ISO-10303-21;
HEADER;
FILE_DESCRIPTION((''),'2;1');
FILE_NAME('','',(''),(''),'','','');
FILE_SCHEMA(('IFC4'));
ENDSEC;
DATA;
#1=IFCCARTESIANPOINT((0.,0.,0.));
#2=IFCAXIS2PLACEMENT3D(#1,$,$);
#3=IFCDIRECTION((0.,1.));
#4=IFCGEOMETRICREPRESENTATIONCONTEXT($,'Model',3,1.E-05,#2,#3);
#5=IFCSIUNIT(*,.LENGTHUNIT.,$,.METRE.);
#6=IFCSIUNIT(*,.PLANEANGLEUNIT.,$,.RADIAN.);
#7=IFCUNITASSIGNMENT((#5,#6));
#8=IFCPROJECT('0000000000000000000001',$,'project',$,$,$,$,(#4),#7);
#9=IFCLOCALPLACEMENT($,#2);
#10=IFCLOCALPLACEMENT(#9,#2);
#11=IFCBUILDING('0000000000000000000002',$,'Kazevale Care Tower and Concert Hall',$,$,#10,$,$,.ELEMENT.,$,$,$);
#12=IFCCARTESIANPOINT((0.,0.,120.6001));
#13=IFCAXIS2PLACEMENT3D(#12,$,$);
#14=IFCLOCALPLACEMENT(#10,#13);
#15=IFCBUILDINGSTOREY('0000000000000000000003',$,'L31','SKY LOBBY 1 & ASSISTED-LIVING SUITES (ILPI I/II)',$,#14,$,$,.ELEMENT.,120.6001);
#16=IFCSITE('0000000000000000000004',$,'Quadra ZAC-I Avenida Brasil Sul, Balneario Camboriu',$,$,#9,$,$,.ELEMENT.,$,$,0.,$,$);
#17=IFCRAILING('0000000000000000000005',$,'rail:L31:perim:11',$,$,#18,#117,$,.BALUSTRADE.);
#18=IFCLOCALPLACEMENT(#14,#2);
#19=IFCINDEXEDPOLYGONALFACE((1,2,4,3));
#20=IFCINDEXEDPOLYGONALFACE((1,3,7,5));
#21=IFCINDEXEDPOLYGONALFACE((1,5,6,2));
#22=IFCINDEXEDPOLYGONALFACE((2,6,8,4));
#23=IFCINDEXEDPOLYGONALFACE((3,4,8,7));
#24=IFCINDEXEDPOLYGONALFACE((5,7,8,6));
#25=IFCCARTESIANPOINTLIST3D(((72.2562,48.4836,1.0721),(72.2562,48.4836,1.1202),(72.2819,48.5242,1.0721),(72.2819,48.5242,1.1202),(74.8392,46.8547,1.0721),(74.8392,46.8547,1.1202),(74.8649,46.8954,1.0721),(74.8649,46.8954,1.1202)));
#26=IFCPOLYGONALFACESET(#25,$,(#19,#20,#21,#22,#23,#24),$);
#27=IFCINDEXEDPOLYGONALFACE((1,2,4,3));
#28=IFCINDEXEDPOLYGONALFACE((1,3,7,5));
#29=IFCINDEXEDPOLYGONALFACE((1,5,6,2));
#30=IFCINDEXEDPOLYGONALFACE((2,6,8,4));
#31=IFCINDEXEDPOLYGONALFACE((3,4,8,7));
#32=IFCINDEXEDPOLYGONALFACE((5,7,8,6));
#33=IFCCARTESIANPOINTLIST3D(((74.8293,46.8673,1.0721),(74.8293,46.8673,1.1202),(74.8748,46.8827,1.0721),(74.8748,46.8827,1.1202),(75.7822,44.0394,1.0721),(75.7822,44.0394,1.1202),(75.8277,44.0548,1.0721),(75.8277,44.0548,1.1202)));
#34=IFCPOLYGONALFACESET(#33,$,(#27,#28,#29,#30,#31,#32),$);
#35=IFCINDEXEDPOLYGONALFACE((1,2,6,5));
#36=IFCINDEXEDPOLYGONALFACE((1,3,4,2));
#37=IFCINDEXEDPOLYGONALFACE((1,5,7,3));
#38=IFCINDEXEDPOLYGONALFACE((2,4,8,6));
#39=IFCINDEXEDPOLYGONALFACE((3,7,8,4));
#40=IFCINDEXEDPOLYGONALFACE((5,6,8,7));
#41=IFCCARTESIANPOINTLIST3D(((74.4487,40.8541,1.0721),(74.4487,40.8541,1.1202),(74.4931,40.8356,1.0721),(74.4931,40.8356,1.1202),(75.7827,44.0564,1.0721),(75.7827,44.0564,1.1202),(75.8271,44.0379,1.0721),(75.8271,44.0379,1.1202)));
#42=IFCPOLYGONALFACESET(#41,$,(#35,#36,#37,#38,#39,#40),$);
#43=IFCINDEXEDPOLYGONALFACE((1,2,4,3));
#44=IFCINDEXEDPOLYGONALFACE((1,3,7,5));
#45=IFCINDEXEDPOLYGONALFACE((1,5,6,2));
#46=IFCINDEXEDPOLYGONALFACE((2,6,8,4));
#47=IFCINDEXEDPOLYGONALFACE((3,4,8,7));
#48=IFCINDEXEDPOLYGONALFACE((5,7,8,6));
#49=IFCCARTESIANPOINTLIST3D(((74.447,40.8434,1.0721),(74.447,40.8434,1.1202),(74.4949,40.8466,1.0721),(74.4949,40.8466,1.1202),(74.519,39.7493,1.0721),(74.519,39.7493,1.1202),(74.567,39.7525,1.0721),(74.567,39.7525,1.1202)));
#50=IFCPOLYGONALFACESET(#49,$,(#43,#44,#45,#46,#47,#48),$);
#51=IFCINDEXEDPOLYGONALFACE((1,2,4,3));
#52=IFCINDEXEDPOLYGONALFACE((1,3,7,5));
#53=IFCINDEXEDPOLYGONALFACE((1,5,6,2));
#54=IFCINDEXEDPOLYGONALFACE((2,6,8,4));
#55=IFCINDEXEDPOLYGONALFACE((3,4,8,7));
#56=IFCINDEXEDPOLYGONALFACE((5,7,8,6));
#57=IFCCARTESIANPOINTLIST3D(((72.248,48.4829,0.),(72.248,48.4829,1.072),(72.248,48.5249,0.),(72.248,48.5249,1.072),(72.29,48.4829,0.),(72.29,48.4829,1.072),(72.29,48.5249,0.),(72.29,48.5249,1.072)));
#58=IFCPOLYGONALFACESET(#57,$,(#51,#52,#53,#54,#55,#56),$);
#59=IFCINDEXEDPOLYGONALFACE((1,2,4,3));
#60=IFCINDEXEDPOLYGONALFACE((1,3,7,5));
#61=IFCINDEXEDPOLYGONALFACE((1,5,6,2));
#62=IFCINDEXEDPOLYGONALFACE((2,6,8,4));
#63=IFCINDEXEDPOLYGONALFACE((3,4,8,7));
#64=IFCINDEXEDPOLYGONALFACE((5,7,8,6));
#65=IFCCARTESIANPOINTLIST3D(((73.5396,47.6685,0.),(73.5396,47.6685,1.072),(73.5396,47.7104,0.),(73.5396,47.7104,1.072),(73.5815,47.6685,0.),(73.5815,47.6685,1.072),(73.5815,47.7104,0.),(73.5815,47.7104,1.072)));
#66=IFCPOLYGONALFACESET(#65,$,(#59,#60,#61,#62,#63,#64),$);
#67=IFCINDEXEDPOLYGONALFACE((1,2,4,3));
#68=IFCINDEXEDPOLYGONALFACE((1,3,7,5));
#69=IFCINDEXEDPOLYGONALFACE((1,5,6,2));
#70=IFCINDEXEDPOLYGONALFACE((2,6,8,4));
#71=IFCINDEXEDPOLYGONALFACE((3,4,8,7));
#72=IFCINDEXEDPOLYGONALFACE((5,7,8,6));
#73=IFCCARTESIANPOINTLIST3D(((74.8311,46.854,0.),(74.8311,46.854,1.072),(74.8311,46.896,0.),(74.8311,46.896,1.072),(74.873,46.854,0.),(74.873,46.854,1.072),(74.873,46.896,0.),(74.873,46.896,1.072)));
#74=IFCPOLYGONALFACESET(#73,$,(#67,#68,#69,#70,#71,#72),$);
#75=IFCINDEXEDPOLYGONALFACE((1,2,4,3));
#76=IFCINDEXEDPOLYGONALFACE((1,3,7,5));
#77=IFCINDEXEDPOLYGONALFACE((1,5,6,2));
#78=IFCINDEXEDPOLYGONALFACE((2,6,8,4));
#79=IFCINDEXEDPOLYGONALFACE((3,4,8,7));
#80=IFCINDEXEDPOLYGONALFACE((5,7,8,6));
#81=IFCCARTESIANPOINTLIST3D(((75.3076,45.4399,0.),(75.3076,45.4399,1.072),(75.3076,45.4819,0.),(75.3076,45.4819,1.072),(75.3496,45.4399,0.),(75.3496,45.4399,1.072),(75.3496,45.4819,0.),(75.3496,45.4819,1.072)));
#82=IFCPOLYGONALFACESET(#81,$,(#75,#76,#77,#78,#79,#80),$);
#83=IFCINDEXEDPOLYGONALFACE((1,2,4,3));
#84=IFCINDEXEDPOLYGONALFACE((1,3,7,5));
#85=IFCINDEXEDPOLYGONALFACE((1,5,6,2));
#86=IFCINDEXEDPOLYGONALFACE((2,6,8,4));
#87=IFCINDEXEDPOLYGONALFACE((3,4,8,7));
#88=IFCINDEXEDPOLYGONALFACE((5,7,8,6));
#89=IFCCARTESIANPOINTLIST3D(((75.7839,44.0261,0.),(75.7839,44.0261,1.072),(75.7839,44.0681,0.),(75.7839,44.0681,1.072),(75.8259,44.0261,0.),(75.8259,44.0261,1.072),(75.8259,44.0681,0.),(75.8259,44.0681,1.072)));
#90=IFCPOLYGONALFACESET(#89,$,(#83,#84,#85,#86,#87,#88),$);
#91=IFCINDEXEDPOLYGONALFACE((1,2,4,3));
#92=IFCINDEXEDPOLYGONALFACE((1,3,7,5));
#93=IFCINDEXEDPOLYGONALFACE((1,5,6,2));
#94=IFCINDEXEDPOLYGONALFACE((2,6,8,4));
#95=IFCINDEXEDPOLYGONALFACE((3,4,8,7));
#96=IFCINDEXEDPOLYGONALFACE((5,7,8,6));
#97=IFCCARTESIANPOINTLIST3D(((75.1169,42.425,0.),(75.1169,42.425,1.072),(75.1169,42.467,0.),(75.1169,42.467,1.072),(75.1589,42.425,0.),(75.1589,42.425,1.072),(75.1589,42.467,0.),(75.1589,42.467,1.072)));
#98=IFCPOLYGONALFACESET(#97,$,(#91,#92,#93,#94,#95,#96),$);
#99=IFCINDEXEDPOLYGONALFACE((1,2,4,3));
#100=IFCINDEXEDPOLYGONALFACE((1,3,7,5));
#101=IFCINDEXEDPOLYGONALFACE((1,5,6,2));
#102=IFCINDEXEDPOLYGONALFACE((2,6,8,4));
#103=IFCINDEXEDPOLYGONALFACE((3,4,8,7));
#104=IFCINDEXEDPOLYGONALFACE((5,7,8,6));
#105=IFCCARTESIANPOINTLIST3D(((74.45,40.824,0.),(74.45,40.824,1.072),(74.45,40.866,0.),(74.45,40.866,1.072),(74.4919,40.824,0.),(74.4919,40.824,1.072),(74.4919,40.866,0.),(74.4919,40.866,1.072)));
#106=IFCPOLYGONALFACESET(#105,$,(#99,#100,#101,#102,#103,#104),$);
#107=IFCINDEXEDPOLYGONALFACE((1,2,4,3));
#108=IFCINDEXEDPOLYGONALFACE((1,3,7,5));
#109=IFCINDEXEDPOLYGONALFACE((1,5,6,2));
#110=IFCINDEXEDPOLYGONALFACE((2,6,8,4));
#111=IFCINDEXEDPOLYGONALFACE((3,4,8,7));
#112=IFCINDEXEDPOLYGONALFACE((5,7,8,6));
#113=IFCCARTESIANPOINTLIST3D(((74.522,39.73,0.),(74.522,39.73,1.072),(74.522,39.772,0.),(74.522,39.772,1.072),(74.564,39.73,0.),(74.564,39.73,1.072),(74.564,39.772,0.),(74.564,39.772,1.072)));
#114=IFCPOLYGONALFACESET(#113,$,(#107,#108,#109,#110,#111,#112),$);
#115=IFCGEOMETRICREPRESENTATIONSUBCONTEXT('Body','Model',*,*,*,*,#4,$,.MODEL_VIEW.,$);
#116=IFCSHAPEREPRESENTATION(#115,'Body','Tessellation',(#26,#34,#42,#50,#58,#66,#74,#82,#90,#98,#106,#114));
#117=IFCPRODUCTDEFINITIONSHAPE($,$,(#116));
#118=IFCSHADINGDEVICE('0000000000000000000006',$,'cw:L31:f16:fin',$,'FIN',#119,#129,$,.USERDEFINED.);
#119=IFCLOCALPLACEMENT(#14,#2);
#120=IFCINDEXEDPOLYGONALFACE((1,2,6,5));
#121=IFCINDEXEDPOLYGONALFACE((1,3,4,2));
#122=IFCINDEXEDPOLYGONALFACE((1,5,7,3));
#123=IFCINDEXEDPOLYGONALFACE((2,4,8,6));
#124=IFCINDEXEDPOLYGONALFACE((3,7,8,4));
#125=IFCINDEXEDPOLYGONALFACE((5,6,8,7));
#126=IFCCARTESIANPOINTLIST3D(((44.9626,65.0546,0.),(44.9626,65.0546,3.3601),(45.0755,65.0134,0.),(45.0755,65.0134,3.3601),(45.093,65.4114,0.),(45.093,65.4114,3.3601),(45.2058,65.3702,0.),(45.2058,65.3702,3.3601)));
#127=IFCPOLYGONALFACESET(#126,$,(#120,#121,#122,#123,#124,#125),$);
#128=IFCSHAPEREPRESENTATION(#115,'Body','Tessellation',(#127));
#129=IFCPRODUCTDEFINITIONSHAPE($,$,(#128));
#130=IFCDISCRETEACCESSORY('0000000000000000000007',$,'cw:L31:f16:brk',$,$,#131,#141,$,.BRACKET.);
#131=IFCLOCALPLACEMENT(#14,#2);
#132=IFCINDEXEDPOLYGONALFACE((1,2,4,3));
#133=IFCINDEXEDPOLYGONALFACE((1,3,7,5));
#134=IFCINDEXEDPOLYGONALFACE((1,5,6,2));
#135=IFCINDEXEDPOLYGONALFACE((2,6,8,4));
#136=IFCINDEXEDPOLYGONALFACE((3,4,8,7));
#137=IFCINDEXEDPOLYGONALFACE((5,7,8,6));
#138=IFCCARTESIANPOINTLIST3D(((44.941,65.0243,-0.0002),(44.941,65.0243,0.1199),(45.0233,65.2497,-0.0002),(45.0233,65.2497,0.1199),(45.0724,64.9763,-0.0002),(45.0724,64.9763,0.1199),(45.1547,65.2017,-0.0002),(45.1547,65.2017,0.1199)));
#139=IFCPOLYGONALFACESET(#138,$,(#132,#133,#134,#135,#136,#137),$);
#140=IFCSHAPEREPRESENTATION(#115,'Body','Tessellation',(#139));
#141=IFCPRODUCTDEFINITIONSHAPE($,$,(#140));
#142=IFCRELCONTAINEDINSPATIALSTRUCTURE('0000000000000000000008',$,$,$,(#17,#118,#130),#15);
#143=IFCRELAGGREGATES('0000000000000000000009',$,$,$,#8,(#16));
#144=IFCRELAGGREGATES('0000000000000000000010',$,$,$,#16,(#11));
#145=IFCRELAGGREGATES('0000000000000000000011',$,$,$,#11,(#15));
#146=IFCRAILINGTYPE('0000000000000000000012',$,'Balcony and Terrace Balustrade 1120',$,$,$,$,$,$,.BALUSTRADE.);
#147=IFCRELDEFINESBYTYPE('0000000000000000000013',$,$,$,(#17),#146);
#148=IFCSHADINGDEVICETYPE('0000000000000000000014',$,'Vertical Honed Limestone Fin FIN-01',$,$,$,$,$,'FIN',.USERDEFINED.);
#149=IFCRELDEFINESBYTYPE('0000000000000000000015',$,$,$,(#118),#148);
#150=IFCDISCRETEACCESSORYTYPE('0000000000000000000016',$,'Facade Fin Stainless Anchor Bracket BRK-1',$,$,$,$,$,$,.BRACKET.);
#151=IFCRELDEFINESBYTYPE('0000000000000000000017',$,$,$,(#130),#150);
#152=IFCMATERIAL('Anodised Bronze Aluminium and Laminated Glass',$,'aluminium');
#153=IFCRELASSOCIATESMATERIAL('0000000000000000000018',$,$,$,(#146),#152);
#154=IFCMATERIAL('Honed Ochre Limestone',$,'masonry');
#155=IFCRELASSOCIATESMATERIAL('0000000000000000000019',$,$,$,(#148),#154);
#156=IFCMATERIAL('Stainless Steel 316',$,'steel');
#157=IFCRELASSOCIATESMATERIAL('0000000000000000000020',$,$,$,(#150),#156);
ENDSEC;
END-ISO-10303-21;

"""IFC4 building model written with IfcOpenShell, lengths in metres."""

from ifc_helpers import new_model, si_unit, direction, frame, origin, origin_2d, place, context, subcontext, project, spatial, rectangle, extrude, material, type_object, element, save


model = new_model("IFC4")

# Units and contexts
model_context = context("Model", 3, precision=1e-05, world=origin(), true_north=direction((0.0, 1.0)))
body_context = subcontext(model_context, "Body", "Model", "MODEL_VIEW")
ifc_project = project(units=[si_unit("LENGTHUNIT", "METRE"), si_unit("PLANEANGLEUNIT", "RADIAN")], contexts=[model_context])

# Site, building, storey
site_placement = place(None, origin())
site = spatial("IfcSite", under=ifc_project, at=site_placement, Name="Quadra ZAC-I Avenida Brasil Sul, Balneario Camboriu", CompositionType="ELEMENT", RefElevation=0.0)
building_placement = place(site_placement, origin())
building = spatial("IfcBuilding", under=site, at=building_placement, Name="Kazevale Care Tower and Concert Hall", CompositionType="ELEMENT")
storey_placement = place(building_placement, frame((0.0, 0.0, 120.6001)))
storey = spatial("IfcBuildingStorey", under=building, at=storey_placement, Name="L31", Description="SKY LOBBY 1 & ASSISTED-LIVING SUITES (ILPI I/II)", CompositionType="ELEMENT", Elevation=120.6001)

# Railing
ifc_material_1 = material(Name="Anodised Bronze Aluminium and Laminated Glass", Category="aluminium")
railing_type = type_object("IfcRailingType", Name="Balcony and Terrace Balustrade 1120", PredefinedType="BALUSTRADE", material=ifc_material_1)
railing_1_placement = place(storey_placement, frame((72.269, 48.5039, 0.0)))
element("IfcRailing", 1, at=railing_1_placement, inside=storey, type_object=railing_type, Name="rail:L31:perim:11", PredefinedType="BALUSTRADE", context=body_context, shape_type="SweptSolid", body=[
    extrude(rectangle(XDim=0.0481, YDim=0.0481, at=origin_2d()), frame((0.0, 0.0, 1.0962), z_axis=(0.845853, -0.533415, 0.0), x_axis=(0.533415, 0.845853, 0.0)), (0.0, 0.0, 1.0), 3.0537),
    extrude(rectangle(XDim=0.0481, YDim=0.0481, at=origin_2d()), frame((2.583, -1.6289, 1.0962), z_axis=(0.319319, -0.947647, 0.0), x_axis=(0.947647, 0.319319, 0.0)), (0.0, 0.0, 1.0), 2.9841),
    extrude(rectangle(XDim=0.0481, YDim=0.0481, at=origin_2d()), frame((3.5359, -4.4568, 1.0962), z_axis=(-0.384555, -0.923102, 0.0), x_axis=(0.923102, -0.384555, 0.0)), (0.0, 0.0, 1.0), 3.469),
    extrude(rectangle(XDim=0.0481, YDim=0.0481, at=origin_2d()), frame((2.2019, -7.6589, 1.0962), z_axis=(0.065691, -0.99784, 0.0), x_axis=(0.99784, 0.065691, 0.0)), (0.0, 0.0, 1.0), 1.0964),
    extrude(rectangle(XDim=0.042, YDim=0.042, at=origin_2d()), origin(), (0.0, 0.0, 1.0), 1.072),
    extrude(rectangle(XDim=0.042, YDim=0.042, at=origin_2d()), frame((1.2915, -0.8145, 0.0)), (0.0, 0.0, 1.0), 1.072),
    extrude(rectangle(XDim=0.042, YDim=0.042, at=origin_2d()), frame((2.583, -1.6289, 0.0)), (0.0, 0.0, 1.0), 1.072),
    extrude(rectangle(XDim=0.042, YDim=0.042, at=origin_2d()), frame((3.0596, -3.043, 0.0)), (0.0, 0.0, 1.0), 1.072),
    extrude(rectangle(XDim=0.042, YDim=0.042, at=origin_2d()), frame((3.5359, -4.4568, 0.0)), (0.0, 0.0, 1.0), 1.072),
    extrude(rectangle(XDim=0.042, YDim=0.042, at=origin_2d()), frame((2.8689, -6.0579, 0.0)), (0.0, 0.0, 1.0), 1.072),
    extrude(rectangle(XDim=0.042, YDim=0.042, at=origin_2d()), frame((2.2019, -7.6589, 0.0)), (0.0, 0.0, 1.0), 1.072),
    extrude(rectangle(XDim=0.042, YDim=0.042, at=origin_2d()), frame((2.2739, -8.7529, 0.0)), (0.0, 0.0, 1.0), 1.072),
])

# Shading device
ifc_material_2 = material(Name="Honed Ochre Limestone", Category="masonry")
shading_device_type = type_object("IfcShadingDeviceType", Name="Vertical Honed Limestone Fin FIN-01", ElementType="FIN", PredefinedType="USERDEFINED", material=ifc_material_2)
shading_device_placement = place(storey_placement, frame((45.0842, 65.2124, 0.0), z_axis=(0.0, 0.0, 1.0), x_axis=(0.343168, 0.939274, 0.0)))
element("IfcShadingDevice", 2, at=shading_device_placement, inside=storey, type_object=shading_device_type, Name="cw:L31:f16:fin", ObjectType="FIN", PredefinedType="USERDEFINED", context=body_context, shape_type="SweptSolid", body=[
    extrude(rectangle(XDim=0.3799, YDim=0.1201, at=origin_2d()), origin(), (0.0, 0.0, 1.0), 3.3601),
])

# Discrete accessory
ifc_material_3 = material(Name="Stainless Steel 316", Category="steel")
discrete_accessory_type = type_object("IfcDiscreteAccessoryType", Name="Facade Fin Stainless Anchor Bracket BRK-1", PredefinedType="BRACKET", material=ifc_material_3)
discrete_accessory_placement = place(storey_placement, frame((45.0479, 65.113, -0.0002), z_axis=(0.0, 0.0, 1.0), x_axis=(0.343168, 0.939274, 0.0)))
element("IfcDiscreteAccessory", 3, at=discrete_accessory_placement, inside=storey, type_object=discrete_accessory_type, Name="cw:L31:f16:brk", PredefinedType="BRACKET", context=body_context, shape_type="SweptSolid", body=[
    extrude(rectangle(XDim=0.24, YDim=0.1399, at=origin_2d()), origin(), (0.0, 0.0, 1.0), 0.1201),
])

save(model, "model.ifc")
